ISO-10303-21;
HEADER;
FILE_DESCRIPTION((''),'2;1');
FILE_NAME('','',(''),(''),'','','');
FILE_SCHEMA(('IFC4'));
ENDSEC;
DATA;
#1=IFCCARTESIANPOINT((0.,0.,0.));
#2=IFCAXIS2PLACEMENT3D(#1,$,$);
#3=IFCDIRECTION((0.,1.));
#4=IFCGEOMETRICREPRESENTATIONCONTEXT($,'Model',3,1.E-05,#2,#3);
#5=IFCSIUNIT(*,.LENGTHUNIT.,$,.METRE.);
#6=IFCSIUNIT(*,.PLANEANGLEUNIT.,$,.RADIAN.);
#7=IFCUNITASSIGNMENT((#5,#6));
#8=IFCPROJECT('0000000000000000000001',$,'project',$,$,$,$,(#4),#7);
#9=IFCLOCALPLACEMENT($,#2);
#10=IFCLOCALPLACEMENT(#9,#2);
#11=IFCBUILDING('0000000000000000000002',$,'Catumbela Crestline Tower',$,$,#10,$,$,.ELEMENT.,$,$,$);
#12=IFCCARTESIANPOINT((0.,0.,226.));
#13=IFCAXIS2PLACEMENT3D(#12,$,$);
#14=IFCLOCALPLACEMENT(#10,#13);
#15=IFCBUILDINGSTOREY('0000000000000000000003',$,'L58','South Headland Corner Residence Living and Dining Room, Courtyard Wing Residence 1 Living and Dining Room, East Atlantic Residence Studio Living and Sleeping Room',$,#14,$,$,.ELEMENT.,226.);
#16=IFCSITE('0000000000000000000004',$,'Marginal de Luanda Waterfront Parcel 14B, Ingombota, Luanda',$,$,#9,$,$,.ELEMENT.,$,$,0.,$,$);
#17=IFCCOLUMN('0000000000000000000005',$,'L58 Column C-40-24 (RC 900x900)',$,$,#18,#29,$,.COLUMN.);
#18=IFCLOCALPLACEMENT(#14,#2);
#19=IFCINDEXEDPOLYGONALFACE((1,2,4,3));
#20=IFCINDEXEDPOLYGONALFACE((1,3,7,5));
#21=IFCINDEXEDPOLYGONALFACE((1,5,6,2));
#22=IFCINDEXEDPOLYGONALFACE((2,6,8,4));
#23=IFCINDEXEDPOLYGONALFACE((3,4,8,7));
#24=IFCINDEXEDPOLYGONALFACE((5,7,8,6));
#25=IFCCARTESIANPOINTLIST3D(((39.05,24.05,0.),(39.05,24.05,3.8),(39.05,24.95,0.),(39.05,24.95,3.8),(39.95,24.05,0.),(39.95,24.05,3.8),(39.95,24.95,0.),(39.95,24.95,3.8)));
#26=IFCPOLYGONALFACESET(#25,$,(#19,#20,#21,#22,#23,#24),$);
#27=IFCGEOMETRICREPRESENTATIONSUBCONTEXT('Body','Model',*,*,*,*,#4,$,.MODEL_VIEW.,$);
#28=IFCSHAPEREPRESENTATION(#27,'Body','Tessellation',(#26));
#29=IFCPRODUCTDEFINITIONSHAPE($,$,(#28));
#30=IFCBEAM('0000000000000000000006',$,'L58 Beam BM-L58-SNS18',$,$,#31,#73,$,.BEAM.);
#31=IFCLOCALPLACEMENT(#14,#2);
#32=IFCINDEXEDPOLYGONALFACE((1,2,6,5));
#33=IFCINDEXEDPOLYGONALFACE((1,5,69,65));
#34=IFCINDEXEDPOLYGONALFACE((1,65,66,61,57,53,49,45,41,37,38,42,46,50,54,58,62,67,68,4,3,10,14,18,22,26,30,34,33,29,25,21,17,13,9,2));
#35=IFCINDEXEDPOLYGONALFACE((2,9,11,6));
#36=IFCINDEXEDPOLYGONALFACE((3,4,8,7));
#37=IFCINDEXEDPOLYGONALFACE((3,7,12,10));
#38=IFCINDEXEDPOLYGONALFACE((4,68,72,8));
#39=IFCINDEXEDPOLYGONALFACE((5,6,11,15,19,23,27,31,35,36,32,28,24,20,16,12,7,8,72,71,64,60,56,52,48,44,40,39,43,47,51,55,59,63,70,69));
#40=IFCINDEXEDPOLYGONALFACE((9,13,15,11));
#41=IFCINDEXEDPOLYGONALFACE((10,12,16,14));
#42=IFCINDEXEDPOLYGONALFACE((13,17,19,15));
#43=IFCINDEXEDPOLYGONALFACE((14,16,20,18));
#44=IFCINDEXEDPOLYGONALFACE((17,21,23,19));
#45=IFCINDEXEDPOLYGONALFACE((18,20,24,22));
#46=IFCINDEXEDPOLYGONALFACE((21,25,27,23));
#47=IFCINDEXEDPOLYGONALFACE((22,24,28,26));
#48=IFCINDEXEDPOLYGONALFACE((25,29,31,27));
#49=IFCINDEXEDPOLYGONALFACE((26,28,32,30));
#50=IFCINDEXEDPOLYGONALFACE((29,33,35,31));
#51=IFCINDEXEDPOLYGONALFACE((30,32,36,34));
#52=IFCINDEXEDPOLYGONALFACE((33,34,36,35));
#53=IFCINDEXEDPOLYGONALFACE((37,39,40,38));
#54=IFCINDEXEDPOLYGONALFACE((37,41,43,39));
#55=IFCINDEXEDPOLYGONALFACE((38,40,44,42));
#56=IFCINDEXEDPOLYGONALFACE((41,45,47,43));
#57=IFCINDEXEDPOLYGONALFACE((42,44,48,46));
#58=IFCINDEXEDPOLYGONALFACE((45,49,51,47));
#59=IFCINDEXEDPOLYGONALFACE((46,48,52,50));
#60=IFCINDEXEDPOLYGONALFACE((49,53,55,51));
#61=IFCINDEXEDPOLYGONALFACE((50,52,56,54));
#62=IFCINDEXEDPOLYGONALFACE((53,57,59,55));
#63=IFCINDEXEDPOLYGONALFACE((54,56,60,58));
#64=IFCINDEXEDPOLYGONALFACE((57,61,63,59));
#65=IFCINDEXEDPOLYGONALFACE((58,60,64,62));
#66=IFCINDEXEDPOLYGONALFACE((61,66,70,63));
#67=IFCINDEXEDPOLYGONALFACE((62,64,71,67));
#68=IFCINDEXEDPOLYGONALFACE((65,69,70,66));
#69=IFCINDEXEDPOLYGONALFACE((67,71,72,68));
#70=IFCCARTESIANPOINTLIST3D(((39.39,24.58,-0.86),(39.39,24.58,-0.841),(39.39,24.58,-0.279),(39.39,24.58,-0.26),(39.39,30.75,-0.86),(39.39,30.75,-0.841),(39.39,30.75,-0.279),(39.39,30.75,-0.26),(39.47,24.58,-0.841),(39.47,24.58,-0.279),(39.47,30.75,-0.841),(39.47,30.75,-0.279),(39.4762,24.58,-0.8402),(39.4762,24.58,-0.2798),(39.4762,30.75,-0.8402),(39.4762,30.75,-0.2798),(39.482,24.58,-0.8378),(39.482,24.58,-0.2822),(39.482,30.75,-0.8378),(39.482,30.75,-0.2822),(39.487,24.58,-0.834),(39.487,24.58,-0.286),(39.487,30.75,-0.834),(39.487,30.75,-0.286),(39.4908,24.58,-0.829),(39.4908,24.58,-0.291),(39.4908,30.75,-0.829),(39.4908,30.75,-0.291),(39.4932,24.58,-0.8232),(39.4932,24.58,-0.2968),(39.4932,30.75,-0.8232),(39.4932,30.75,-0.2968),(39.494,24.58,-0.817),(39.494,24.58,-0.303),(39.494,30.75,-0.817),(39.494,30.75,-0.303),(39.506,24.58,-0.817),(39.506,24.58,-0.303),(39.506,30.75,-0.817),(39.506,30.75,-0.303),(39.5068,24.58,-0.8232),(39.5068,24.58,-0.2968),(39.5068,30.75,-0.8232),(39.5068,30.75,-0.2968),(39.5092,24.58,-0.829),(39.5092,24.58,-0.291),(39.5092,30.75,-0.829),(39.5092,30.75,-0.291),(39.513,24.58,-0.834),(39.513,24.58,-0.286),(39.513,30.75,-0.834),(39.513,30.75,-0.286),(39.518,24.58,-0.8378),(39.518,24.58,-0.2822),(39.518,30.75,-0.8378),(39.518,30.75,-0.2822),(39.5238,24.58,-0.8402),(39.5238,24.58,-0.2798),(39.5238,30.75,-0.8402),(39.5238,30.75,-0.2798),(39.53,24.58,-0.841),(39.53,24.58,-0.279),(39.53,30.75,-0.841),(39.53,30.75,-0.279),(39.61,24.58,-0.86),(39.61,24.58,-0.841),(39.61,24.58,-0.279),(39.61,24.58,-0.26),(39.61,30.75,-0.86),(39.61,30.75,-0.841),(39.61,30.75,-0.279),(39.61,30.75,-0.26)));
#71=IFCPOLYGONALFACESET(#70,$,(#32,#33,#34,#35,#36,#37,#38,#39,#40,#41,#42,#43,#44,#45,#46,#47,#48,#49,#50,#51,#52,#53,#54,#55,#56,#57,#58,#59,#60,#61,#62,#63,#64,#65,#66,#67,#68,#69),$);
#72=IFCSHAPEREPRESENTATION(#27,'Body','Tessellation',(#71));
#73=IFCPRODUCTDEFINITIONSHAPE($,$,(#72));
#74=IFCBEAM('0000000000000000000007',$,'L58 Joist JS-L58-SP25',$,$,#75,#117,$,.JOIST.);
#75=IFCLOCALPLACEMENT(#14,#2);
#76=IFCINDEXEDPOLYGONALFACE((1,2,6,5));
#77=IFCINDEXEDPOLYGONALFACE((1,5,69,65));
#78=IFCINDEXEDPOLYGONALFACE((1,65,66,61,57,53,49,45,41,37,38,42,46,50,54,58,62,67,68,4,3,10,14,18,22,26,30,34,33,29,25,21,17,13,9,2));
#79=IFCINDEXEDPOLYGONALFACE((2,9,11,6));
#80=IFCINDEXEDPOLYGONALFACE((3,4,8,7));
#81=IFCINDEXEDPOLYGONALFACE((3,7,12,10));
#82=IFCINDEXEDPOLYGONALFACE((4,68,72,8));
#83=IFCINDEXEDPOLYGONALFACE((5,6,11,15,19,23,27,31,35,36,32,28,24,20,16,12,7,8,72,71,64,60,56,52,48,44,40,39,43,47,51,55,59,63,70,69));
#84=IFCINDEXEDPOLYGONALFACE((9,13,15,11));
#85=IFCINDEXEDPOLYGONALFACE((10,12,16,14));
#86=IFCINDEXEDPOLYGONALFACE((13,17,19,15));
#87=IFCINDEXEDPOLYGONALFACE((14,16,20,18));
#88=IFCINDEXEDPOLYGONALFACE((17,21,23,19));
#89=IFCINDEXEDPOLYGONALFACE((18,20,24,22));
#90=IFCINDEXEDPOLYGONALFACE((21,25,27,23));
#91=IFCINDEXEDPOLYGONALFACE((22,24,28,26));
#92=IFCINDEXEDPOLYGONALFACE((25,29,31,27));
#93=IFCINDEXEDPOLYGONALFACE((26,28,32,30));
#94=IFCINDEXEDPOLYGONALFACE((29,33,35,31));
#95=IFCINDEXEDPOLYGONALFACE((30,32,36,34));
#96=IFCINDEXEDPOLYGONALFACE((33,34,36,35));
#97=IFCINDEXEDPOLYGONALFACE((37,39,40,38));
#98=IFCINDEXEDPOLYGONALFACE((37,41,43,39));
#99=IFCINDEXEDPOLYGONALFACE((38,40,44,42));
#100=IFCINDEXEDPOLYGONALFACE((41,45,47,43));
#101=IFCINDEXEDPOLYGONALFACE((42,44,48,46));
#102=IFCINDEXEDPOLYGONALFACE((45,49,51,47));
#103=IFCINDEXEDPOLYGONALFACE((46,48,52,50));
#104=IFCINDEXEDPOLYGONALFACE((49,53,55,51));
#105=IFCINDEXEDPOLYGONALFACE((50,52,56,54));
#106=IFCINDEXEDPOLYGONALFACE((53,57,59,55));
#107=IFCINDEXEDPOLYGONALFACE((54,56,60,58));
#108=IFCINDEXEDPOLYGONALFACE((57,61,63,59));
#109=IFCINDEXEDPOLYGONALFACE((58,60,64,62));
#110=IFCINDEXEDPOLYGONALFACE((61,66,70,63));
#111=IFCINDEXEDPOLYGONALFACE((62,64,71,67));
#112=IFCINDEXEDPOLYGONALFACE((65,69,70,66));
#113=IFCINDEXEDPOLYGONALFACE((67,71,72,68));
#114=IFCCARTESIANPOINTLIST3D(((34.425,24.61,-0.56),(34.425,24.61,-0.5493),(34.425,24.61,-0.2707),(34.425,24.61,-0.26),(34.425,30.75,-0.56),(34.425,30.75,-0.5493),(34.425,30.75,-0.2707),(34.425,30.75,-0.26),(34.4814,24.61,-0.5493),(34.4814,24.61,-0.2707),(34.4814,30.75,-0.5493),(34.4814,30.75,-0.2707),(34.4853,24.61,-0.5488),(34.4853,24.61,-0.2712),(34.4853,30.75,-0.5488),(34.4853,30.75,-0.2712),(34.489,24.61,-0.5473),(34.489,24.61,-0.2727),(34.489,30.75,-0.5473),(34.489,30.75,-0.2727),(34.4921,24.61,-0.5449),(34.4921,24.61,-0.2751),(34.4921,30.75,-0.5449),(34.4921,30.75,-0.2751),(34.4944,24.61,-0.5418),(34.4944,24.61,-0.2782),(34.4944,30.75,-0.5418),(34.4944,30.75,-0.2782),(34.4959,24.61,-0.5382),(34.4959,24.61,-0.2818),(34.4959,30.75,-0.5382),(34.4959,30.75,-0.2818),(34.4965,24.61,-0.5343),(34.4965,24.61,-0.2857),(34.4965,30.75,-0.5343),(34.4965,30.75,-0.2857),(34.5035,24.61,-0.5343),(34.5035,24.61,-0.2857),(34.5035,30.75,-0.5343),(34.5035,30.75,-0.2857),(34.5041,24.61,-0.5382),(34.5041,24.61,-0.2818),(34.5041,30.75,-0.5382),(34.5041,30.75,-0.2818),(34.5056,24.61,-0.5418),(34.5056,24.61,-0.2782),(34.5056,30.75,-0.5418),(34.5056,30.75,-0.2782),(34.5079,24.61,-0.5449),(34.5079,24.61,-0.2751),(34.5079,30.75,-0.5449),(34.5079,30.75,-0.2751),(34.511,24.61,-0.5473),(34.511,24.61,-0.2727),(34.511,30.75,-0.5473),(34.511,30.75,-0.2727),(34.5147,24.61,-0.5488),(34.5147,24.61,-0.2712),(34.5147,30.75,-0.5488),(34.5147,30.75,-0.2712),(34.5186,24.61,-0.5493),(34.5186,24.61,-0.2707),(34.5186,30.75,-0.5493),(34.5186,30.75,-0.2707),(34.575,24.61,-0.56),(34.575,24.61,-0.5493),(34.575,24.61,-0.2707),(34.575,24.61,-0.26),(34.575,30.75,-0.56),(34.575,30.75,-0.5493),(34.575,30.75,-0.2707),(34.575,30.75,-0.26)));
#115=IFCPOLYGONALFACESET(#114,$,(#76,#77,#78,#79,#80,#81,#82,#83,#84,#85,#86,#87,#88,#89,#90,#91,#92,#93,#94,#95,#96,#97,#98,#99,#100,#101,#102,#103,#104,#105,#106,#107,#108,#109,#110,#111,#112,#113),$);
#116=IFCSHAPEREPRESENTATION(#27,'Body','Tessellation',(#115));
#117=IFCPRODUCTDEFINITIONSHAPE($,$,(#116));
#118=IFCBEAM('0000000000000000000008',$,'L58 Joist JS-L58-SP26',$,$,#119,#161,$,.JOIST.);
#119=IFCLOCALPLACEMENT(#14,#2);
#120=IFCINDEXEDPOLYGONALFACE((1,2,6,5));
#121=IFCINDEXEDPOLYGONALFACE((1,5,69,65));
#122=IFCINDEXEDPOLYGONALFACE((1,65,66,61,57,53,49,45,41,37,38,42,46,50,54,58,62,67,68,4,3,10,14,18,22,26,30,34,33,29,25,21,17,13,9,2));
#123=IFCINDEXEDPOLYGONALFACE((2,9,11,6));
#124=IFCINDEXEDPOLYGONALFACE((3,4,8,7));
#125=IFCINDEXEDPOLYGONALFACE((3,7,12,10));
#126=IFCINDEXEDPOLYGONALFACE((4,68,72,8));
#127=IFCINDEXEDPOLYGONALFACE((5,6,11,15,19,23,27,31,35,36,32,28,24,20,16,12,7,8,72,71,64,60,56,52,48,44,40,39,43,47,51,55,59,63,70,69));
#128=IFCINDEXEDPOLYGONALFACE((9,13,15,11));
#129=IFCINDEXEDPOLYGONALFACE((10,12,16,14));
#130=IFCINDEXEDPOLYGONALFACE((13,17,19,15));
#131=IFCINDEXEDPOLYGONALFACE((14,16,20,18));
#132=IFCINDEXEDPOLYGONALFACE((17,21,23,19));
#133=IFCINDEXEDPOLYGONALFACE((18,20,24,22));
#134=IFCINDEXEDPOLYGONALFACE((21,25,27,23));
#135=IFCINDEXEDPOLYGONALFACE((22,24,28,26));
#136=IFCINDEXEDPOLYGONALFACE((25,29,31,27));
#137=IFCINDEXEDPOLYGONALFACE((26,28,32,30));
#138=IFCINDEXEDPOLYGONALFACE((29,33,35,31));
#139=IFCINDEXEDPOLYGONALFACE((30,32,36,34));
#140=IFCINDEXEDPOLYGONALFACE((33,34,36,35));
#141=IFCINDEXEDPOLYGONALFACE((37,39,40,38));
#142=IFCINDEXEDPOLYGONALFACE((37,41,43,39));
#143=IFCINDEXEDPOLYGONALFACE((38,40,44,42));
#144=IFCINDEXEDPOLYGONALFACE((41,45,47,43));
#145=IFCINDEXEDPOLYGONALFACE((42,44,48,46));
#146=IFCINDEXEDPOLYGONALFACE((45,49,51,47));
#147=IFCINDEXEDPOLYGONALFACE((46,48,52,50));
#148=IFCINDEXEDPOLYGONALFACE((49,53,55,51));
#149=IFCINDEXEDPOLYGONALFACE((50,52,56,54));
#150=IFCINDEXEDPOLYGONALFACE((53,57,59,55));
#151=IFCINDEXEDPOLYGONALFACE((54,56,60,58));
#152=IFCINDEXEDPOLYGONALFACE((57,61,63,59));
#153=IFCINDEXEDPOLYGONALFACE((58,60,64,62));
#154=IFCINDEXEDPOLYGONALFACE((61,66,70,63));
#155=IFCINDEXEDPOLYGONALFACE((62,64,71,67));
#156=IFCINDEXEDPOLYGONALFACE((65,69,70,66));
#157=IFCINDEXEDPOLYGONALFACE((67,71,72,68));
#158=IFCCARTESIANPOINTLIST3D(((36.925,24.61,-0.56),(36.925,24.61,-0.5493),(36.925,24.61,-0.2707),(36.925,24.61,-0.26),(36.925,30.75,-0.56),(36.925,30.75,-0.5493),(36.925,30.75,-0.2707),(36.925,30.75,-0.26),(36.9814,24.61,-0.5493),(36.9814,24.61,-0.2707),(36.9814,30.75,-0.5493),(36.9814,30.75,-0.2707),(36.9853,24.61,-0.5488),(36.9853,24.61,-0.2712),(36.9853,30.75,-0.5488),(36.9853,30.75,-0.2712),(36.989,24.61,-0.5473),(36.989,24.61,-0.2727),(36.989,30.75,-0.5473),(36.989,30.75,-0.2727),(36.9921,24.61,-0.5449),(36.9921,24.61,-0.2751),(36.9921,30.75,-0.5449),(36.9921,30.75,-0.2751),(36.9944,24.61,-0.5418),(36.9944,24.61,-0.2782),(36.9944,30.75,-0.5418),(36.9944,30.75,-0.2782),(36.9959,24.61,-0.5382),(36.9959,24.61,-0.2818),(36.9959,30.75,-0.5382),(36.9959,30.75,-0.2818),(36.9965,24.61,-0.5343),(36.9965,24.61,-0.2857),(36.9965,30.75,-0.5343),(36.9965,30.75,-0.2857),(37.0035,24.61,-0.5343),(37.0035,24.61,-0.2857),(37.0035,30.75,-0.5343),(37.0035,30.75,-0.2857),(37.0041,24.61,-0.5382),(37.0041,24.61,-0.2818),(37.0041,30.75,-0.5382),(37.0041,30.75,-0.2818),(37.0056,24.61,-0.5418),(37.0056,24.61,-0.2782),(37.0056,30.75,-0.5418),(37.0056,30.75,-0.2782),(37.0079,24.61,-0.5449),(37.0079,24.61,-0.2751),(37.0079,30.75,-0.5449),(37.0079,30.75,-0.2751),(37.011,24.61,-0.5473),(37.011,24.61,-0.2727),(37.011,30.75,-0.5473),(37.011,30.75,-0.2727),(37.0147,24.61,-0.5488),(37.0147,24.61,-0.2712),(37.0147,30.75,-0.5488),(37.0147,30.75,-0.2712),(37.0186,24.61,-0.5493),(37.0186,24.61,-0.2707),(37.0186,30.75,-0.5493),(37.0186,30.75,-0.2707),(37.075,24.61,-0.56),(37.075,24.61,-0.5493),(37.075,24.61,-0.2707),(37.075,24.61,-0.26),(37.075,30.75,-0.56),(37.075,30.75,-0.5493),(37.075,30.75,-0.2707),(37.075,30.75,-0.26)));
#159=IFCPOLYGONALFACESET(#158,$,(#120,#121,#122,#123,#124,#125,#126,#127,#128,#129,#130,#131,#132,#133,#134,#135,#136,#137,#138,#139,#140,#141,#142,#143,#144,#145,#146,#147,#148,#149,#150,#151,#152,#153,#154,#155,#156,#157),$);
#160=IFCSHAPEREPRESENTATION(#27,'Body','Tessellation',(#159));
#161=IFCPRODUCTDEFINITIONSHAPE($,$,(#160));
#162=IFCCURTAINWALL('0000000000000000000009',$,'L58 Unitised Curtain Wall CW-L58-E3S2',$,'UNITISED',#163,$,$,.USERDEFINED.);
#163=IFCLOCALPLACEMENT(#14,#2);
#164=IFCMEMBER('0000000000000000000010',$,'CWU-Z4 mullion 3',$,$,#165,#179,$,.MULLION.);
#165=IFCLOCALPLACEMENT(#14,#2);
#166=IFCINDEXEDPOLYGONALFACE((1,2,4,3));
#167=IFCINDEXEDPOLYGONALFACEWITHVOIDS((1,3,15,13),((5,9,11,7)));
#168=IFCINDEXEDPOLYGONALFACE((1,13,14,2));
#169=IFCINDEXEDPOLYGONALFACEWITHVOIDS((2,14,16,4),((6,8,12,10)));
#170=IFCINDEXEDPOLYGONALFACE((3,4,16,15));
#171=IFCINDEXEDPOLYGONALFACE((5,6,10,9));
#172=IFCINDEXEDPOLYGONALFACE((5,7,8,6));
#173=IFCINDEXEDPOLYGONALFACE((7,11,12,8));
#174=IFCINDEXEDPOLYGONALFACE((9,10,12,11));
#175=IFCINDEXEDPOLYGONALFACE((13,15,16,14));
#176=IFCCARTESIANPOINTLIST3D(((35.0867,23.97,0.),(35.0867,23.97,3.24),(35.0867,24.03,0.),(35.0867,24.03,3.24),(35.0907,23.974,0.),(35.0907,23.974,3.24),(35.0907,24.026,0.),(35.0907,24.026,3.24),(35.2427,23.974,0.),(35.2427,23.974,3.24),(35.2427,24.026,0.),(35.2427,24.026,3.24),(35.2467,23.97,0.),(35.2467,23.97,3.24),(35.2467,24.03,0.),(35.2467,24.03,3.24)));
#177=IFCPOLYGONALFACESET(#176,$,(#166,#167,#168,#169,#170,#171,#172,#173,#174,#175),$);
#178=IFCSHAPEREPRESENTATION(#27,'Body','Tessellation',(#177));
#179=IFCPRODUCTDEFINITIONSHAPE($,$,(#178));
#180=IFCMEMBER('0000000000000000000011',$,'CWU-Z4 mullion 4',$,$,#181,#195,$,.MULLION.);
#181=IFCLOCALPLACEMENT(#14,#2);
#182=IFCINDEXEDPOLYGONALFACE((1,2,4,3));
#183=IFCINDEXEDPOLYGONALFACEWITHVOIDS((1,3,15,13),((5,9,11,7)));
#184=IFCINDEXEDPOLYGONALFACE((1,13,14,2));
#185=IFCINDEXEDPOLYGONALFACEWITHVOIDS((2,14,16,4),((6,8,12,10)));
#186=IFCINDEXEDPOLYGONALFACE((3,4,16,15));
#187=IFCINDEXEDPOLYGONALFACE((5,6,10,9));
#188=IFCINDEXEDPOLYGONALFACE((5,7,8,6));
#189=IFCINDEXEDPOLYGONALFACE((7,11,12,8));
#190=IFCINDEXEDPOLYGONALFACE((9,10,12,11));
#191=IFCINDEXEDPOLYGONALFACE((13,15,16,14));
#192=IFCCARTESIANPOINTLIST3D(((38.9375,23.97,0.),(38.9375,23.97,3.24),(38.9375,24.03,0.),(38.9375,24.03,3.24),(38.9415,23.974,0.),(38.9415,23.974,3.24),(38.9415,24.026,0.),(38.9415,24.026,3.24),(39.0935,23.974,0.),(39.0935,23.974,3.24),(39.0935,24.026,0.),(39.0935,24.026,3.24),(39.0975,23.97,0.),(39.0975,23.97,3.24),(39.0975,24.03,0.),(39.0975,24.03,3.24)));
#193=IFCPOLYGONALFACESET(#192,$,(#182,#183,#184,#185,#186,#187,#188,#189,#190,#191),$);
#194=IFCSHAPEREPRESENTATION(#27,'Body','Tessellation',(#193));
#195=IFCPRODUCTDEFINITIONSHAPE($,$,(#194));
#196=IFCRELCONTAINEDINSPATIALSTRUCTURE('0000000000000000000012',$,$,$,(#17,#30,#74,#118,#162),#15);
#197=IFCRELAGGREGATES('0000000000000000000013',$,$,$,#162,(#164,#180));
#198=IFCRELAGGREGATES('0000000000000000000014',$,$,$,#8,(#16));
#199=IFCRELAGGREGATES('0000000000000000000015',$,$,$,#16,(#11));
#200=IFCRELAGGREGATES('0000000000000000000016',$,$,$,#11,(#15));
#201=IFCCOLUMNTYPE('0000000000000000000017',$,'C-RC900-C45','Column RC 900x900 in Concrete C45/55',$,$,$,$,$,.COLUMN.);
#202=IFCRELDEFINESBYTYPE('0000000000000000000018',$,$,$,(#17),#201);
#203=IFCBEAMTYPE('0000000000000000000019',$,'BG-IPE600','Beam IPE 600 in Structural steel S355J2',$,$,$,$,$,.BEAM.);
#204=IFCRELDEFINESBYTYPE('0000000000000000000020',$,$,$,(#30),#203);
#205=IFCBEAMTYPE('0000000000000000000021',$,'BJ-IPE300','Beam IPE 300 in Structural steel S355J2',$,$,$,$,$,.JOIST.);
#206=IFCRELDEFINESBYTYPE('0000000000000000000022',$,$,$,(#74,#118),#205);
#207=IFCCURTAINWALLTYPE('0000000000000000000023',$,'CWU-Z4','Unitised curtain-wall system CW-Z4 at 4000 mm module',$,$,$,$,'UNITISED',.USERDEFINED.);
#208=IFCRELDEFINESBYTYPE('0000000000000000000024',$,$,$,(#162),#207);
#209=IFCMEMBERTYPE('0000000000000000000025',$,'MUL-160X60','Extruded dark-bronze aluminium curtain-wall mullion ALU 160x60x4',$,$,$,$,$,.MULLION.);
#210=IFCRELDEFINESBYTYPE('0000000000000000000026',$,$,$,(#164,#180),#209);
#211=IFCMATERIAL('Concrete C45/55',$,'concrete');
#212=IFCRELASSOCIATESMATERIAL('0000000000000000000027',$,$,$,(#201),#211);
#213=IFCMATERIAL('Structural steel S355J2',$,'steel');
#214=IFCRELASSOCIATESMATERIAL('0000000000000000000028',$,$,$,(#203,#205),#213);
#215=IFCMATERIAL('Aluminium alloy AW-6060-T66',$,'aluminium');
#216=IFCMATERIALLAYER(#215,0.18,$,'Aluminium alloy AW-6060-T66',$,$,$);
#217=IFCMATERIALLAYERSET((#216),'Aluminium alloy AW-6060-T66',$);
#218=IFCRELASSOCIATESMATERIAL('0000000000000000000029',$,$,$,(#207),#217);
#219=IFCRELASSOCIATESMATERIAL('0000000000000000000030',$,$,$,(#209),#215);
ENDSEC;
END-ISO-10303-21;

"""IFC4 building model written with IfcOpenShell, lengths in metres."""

from ifc_helpers import new_model, si_unit, direction, frame, origin, origin_2d, place, context, subcontext, project, spatial, rectangle, hollow_rectangle, i_section, extrude, material, layer, layer_set, material_profile, profile_set, type_object, element, aggregate, save


model = new_model("IFC4")

# Units and contexts
model_context = context("Model", 3, precision=1e-05, world=origin(), true_north=direction((0.0, 1.0)))
body_context = subcontext(model_context, "Body", "Model", "MODEL_VIEW")
ifc_project = project(units=[si_unit("LENGTHUNIT", "METRE"), si_unit("PLANEANGLEUNIT", "RADIAN")], contexts=[model_context])

# Site, building, storey
site_placement = place(None, origin())
site = spatial("IfcSite", under=ifc_project, at=site_placement, Name="Marginal de Luanda Waterfront Parcel 14B, Ingombota, Luanda", CompositionType="ELEMENT", RefElevation=0.0)
building_placement = place(site_placement, origin())
building = spatial("IfcBuilding", under=site, at=building_placement, Name="Catumbela Crestline Tower", CompositionType="ELEMENT")
storey_placement = place(building_placement, frame((0.0, 0.0, 226.0)))
storey = spatial("IfcBuildingStorey", under=building, at=storey_placement, Name="L58", Description="South Headland Corner Residence Living and Dining Room, Courtyard Wing Residence 1 Living and Dining Room, East Atlantic Residence Studio Living and Sleeping Room", CompositionType="ELEMENT", Elevation=226.0)

# Column
ifc_material_1 = material(Name="Concrete C45/55", Category="concrete")
ifc_material_profile_1 = material_profile(ifc_material_1, rectangle(XDim=0.9, YDim=0.9, at=origin_2d()), Name="RC 900x900")
ifc_profile_set_1 = profile_set([ifc_material_profile_1], Name="Concrete C45/55")
column_type = type_object("IfcColumnType", Name="C-RC900-C45", Description="Column RC 900x900 in Concrete C45/55", PredefinedType="COLUMN", material=ifc_profile_set_1)
column_placement = place(storey_placement, frame((39.5, 24.5, 0.0), z_axis=(0.0, 0.0, 1.0), x_axis=(1.0, 0.0, 0.0)))
element("IfcColumn", 1, at=column_placement, inside=storey, type_object=column_type, Name="L58 Column C-40-24 (RC 900x900)", PredefinedType="COLUMN", context=body_context, shape_type="SweptSolid", body=[
    extrude(rectangle(XDim=0.9, YDim=0.9, at=origin_2d()), origin(), (0.0, 0.0, 1.0), 3.8),
])

# Beams
ifc_material_2 = material(Name="Structural steel S355J2", Category="steel")
ifc_material_profile_2 = material_profile(ifc_material_2, i_section(OverallWidth=0.22, OverallDepth=0.6, WebThickness=0.012, FlangeThickness=0.019, FilletRadius=0.024, at=origin_2d()), Name="IPE 600")
ifc_profile_set_2 = profile_set([ifc_material_profile_2], Name="Structural steel S355J2")
beam_type_1 = type_object("IfcBeamType", Name="BG-IPE600", Description="Beam IPE 600 in Structural steel S355J2", PredefinedType="BEAM", material=ifc_profile_set_2)
beam_placement = place(storey_placement, frame((39.5, 24.58, -0.56), z_axis=(0.0, 1.0, 0.0), x_axis=(-1.0, 0.0, 0.0)))
element("IfcBeam", 2, at=beam_placement, inside=storey, type_object=beam_type_1, Name="L58 Beam BM-L58-SNS18", PredefinedType="BEAM", context=body_context, shape_type="SweptSolid", body=[
    extrude(i_section(OverallWidth=0.22, OverallDepth=0.6, WebThickness=0.012, FlangeThickness=0.019, FilletRadius=0.024, at=origin_2d()), origin(), (0.0, 0.0, 1.0), 6.17),
])
ifc_material_profile_3 = material_profile(ifc_material_2, i_section(OverallWidth=0.15, OverallDepth=0.3, WebThickness=0.0071, FlangeThickness=0.0107, FilletRadius=0.015, at=origin_2d()), Name="IPE 300")
ifc_profile_set_3 = profile_set([ifc_material_profile_3], Name="Structural steel S355J2")
beam_type_2 = type_object("IfcBeamType", Name="BJ-IPE300", Description="Beam IPE 300 in Structural steel S355J2", PredefinedType="JOIST", material=ifc_profile_set_3)
for number, where, z_axis, x_axis, name in (
    (3, (34.5, 24.61, -0.41), (0.0, 1.0, 0.0), (-1.0, 0.0, 0.0), "L58 Joist JS-L58-SP25"),
    (4, (37.0, 24.61, -0.41), (0.0, 1.0, 0.0), (-1.0, 0.0, 0.0), "L58 Joist JS-L58-SP26"),
):
    element("IfcBeam", number, at=place(storey_placement, frame(where, z_axis=z_axis, x_axis=x_axis)), inside=storey, type_object=beam_type_2, Name=name, PredefinedType="JOIST", context=body_context, shape_type="SweptSolid", body=[
        extrude(i_section(OverallWidth=0.15, OverallDepth=0.3, WebThickness=0.0071, FlangeThickness=0.0107, FilletRadius=0.015, at=origin_2d()), origin(), (0.0, 0.0, 1.0), 6.14),
    ])

# Curtain wall, members
ifc_material_3 = material(Name="Aluminium alloy AW-6060-T66", Category="aluminium")
ifc_layer_1 = layer(ifc_material_3, 0.18, Name="Aluminium alloy AW-6060-T66")
ifc_layer_set_1 = layer_set([ifc_layer_1], Name="Aluminium alloy AW-6060-T66")
curtain_wall_type = type_object("IfcCurtainWallType", Name="CWU-Z4", Description="Unitised curtain-wall system CW-Z4 at 4000 mm module", ElementType="UNITISED", PredefinedType="USERDEFINED", material=ifc_layer_set_1)
curtain_wall_placement = place(storey_placement, origin())
curtain_wall = element("IfcCurtainWall", 5, at=curtain_wall_placement, inside=storey, type_object=curtain_wall_type, Name="L58 Unitised Curtain Wall CW-L58-E3S2", ObjectType="UNITISED", PredefinedType="USERDEFINED")
ifc_material_profile_4 = material_profile(ifc_material_3, hollow_rectangle(XDim=0.06, YDim=0.16, WallThickness=0.004, at=origin_2d()), Name="ALU 160x60x4")
ifc_profile_set_4 = profile_set([ifc_material_profile_4], Name="Aluminium alloy AW-6060-T66")
member_type_1 = type_object("IfcMemberType", Name="MUL-160X60", Description="Extruded dark-bronze aluminium curtain-wall mullion ALU 160x60x4", PredefinedType="MULLION", material=ifc_profile_set_4)
member_1_placement = place(storey_placement, frame((35.1667, 24.0, 0.0), z_axis=(0.0, 0.0, 1.0), x_axis=(0.0, 1.0, 0.0)))
member_1 = element("IfcMember", 6, at=member_1_placement, type_object=member_type_1, Name="CWU-Z4 mullion 3", PredefinedType="MULLION", context=body_context, shape_type="SweptSolid", body=[
    extrude(hollow_rectangle(XDim=0.06, YDim=0.16, WallThickness=0.004, at=origin_2d()), origin(), (0.0, 0.0, 1.0), 3.24),
])
member_2_placement = place(storey_placement, frame((39.0175, 24.0, 0.0), z_axis=(0.0, 0.0, 1.0), x_axis=(0.0, 1.0, 0.0)))
member_2 = element("IfcMember", 7, at=member_2_placement, type_object=member_type_1, Name="CWU-Z4 mullion 4", PredefinedType="MULLION", context=body_context, shape_type="SweptSolid", body=[
    extrude(hollow_rectangle(XDim=0.06, YDim=0.16, WallThickness=0.004, at=origin_2d()), origin(), (0.0, 0.0, 1.0), 3.24),
])
aggregate(curtain_wall, [member_1, member_2])

save(model, "model.ifc")
